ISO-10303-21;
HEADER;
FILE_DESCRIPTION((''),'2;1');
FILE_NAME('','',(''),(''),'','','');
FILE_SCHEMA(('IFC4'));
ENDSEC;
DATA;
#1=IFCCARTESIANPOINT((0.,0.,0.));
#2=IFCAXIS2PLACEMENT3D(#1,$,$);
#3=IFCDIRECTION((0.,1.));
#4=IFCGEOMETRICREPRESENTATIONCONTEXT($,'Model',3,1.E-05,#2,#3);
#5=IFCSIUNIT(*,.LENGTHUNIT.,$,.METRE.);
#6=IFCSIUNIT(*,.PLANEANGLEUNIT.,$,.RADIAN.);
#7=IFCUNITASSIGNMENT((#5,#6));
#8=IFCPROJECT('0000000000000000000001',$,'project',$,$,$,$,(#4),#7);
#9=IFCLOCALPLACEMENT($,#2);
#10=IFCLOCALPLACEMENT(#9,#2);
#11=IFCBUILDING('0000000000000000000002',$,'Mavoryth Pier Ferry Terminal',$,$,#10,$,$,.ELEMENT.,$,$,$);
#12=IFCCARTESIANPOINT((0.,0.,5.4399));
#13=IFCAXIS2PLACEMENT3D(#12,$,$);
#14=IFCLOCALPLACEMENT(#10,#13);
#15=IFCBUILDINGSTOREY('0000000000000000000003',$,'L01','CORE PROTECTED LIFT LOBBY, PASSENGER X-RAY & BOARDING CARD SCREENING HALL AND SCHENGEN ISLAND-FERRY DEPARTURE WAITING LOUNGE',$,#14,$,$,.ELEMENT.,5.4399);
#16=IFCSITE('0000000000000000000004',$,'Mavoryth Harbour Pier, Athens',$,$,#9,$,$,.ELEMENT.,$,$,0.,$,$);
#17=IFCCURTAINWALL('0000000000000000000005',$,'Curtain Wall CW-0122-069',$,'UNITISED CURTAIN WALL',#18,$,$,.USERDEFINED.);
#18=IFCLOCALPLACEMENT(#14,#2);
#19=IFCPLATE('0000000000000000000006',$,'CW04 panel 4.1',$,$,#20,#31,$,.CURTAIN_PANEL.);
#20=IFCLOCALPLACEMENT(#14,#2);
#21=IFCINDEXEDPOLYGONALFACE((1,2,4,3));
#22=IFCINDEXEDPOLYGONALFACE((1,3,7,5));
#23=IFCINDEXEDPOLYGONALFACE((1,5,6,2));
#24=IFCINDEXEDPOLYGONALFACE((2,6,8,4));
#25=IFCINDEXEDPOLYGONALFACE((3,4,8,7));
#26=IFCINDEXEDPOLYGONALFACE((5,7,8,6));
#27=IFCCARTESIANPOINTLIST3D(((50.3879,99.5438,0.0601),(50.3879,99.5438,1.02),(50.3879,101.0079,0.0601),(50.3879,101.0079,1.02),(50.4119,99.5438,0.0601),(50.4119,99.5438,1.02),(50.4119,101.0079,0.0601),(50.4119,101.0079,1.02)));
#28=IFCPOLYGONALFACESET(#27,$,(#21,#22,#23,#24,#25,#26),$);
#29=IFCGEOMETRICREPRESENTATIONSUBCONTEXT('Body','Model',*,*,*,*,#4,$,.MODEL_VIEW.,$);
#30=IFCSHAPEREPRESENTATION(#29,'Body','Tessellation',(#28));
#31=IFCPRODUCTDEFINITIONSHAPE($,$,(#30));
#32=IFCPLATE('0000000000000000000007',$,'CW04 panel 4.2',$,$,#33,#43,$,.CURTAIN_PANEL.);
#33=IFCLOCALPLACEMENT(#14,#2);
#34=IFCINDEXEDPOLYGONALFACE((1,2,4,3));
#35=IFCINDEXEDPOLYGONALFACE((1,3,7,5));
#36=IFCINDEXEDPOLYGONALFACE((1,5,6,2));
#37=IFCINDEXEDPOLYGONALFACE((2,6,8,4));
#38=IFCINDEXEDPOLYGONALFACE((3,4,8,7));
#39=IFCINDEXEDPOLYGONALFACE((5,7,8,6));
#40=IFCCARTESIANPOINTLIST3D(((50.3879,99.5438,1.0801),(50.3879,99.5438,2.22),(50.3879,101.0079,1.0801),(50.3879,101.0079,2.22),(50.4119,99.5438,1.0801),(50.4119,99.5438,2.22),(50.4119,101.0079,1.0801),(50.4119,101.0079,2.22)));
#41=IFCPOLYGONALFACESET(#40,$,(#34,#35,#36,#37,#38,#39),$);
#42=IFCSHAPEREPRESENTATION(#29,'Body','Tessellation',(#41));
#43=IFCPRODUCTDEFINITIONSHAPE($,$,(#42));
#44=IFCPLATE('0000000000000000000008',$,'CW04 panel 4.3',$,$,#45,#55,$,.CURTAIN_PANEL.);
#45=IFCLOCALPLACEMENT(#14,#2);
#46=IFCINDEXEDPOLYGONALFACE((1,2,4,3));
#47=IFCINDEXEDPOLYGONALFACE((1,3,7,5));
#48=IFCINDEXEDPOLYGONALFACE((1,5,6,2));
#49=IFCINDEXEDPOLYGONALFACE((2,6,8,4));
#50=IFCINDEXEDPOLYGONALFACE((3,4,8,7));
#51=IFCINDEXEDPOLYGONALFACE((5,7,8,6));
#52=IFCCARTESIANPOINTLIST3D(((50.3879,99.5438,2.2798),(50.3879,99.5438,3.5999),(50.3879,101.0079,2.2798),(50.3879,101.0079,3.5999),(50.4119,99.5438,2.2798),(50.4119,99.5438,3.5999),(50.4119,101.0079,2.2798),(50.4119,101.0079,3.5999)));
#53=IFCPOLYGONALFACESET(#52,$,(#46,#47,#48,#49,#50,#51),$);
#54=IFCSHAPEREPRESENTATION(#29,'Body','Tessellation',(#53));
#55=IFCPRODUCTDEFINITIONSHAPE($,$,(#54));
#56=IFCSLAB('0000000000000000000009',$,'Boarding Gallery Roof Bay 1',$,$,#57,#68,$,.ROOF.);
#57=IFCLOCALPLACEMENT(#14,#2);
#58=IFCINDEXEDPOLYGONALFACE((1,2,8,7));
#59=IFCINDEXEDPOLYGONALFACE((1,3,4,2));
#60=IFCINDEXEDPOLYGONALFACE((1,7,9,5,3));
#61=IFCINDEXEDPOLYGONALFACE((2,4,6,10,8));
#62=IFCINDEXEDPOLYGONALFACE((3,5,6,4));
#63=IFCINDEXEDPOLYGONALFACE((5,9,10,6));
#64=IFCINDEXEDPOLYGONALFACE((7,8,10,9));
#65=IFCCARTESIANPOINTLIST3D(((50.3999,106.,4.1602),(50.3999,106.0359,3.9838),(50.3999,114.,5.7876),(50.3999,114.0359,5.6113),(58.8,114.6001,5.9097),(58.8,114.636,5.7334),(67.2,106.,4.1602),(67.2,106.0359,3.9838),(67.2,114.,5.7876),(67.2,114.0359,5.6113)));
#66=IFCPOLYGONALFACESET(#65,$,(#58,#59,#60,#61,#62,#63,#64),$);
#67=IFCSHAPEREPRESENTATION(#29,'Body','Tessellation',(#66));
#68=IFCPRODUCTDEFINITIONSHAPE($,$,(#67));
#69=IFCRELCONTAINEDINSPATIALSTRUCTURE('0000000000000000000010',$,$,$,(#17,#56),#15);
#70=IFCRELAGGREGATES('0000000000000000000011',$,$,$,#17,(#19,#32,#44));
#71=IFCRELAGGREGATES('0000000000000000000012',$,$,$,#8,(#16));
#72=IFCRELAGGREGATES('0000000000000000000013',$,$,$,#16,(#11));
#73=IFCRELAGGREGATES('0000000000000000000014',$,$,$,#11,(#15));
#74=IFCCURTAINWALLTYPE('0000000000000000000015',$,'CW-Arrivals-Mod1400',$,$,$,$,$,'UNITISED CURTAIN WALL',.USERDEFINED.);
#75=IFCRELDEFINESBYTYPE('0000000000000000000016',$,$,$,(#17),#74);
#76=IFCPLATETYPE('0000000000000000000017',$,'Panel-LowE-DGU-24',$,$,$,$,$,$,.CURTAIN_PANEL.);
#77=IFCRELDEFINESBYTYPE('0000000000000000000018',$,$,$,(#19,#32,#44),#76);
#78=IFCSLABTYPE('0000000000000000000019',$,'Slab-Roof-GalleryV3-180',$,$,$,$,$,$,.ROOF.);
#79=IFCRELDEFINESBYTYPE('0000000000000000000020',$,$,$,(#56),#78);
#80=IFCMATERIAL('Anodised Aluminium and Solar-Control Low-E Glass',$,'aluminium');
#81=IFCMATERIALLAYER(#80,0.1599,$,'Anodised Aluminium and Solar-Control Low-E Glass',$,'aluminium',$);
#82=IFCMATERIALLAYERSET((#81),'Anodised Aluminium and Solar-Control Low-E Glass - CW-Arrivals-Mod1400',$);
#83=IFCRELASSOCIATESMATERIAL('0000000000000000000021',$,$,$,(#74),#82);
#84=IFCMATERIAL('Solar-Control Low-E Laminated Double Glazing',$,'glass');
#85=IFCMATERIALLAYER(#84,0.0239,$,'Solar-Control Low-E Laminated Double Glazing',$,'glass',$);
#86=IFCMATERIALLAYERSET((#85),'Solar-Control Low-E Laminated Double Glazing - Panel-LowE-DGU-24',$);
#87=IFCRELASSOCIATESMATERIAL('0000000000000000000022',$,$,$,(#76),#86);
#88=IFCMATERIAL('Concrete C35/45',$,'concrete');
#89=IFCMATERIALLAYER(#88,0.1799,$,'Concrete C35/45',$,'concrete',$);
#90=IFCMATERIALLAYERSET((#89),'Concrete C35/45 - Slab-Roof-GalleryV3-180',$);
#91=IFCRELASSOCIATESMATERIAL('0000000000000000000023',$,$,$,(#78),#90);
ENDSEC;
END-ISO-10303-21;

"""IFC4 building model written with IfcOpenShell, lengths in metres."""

from ifc_helpers import new_model, si_unit, direction, frame, origin, origin_2d, place, context, subcontext, project, spatial, polyline, rectangle, outline, extrude, material, layer, layer_set, type_object, element, aggregate, save


model = new_model("IFC4")

# Units and contexts
model_context = context("Model", 3, precision=1e-05, world=origin(), true_north=direction((0.0, 1.0)))
body_context = subcontext(model_context, "Body", "Model", "MODEL_VIEW")
ifc_project = project(units=[si_unit("LENGTHUNIT", "METRE"), si_unit("PLANEANGLEUNIT", "RADIAN")], contexts=[model_context])

# Site, building, storey
site_placement = place(None, origin())
site = spatial("IfcSite", under=ifc_project, at=site_placement, Name="Mavoryth Harbour Pier, Athens", CompositionType="ELEMENT", RefElevation=0.0)
building_placement = place(site_placement, origin())
building = spatial("IfcBuilding", under=site, at=building_placement, Name="Mavoryth Pier Ferry Terminal", CompositionType="ELEMENT")
storey_placement = place(building_placement, frame((0.0, 0.0, 5.4399)))
storey = spatial("IfcBuildingStorey", under=building, at=storey_placement, Name="L01", Description="CORE PROTECTED LIFT LOBBY, PASSENGER X-RAY & BOARDING CARD SCREENING HALL AND SCHENGEN ISLAND-FERRY DEPARTURE WAITING LOUNGE", CompositionType="ELEMENT", Elevation=5.4399)

# Curtain wall
ifc_material_1 = material(Name="Anodised Aluminium and Solar-Control Low-E Glass", Category="aluminium")
ifc_layer_1 = layer(ifc_material_1, 0.1599, Name="Anodised Aluminium and Solar-Control Low-E Glass", Category="aluminium")
ifc_layer_set_1 = layer_set([ifc_layer_1], Name="Anodised Aluminium and Solar-Control Low-E Glass - CW-Arrivals-Mod1400")
curtain_wall_type = type_object("IfcCurtainWallType", Name="CW-Arrivals-Mod1400", ElementType="UNITISED CURTAIN WALL", PredefinedType="USERDEFINED", material=ifc_layer_set_1)
curtain_wall_placement = place(storey_placement, origin())
curtain_wall = element("IfcCurtainWall", 1, at=curtain_wall_placement, inside=storey, type_object=curtain_wall_type, Name="Curtain Wall CW-0122-069", ObjectType="UNITISED CURTAIN WALL", PredefinedType="USERDEFINED")

# Plates
ifc_material_2 = material(Name="Solar-Control Low-E Laminated Double Glazing", Category="glass")
ifc_layer_2 = layer(ifc_material_2, 0.0239, Name="Solar-Control Low-E Laminated Double Glazing", Category="glass")
ifc_layer_set_2 = layer_set([ifc_layer_2], Name="Solar-Control Low-E Laminated Double Glazing - Panel-LowE-DGU-24")
plate_type = type_object("IfcPlateType", Name="Panel-LowE-DGU-24", PredefinedType="CURTAIN_PANEL", material=ifc_layer_set_2)
plate_1_placement = place(storey_placement, frame((50.3999, 100.2759, 0.0601), z_axis=(0.0, 0.0, 1.0), x_axis=(0.0, -1.0, 0.0)))
plate_1 = element("IfcPlate", 2, at=plate_1_placement, type_object=plate_type, Name="CW04 panel 4.1", PredefinedType="CURTAIN_PANEL", context=body_context, shape_type="SweptSolid", body=[
    extrude(rectangle(XDim=1.4641, YDim=0.0239, at=origin_2d()), origin(), (0.0, 0.0, 1.0), 0.96),
])
plate_2_placement = place(storey_placement, frame((50.3999, 100.2759, 1.0801), z_axis=(0.0, 0.0, 1.0), x_axis=(0.0, -1.0, 0.0)))
plate_2 = element("IfcPlate", 3, at=plate_2_placement, type_object=plate_type, Name="CW04 panel 4.2", PredefinedType="CURTAIN_PANEL", context=body_context, shape_type="SweptSolid", body=[
    extrude(rectangle(XDim=1.4641, YDim=0.0239, at=origin_2d()), origin(), (0.0, 0.0, 1.0), 1.1399),
])
plate_3_placement = place(storey_placement, frame((50.3999, 100.2759, 2.2798), z_axis=(0.0, 0.0, 1.0), x_axis=(0.0, -1.0, 0.0)))
plate_3 = element("IfcPlate", 4, at=plate_3_placement, type_object=plate_type, Name="CW04 panel 4.3", PredefinedType="CURTAIN_PANEL", context=body_context, shape_type="SweptSolid", body=[
    extrude(rectangle(XDim=1.4641, YDim=0.0239, at=origin_2d()), origin(), (0.0, 0.0, 1.0), 1.3201),
])
aggregate(curtain_wall, [plate_1, plate_2, plate_3])

# Slab
ifc_material_3 = material(Name="Concrete C35/45", Category="concrete")
ifc_layer_3 = layer(ifc_material_3, 0.1799, Name="Concrete C35/45", Category="concrete")
ifc_layer_set_3 = layer_set([ifc_layer_3], Name="Concrete C35/45 - Slab-Roof-GalleryV3-180")
slab_type = type_object("IfcSlabType", Name="Slab-Roof-GalleryV3-180", PredefinedType="ROOF", material=ifc_layer_set_3)
slab_placement = place(storey_placement, frame((50.3999, 106.0, 4.1602), z_axis=(0.0, -0.199347, 0.979929), x_axis=(1.0, 0.0, 0.0)))
element("IfcSlab", 5, at=slab_placement, inside=storey, type_object=slab_type, Name="Boarding Gallery Roof Bay 1", PredefinedType="ROOF", context=body_context, shape_type="SweptSolid", body=[
    extrude(outline(polyline([(0.0, 0.0), (16.8, 0.0), (16.8, 8.1639), (8.4001, 8.7762), (0.0, 8.1639), (0.0, 0.0)])), origin(), (0.0, 0.0, -1.0), 0.1799),
])

save(model, "model.ifc")
